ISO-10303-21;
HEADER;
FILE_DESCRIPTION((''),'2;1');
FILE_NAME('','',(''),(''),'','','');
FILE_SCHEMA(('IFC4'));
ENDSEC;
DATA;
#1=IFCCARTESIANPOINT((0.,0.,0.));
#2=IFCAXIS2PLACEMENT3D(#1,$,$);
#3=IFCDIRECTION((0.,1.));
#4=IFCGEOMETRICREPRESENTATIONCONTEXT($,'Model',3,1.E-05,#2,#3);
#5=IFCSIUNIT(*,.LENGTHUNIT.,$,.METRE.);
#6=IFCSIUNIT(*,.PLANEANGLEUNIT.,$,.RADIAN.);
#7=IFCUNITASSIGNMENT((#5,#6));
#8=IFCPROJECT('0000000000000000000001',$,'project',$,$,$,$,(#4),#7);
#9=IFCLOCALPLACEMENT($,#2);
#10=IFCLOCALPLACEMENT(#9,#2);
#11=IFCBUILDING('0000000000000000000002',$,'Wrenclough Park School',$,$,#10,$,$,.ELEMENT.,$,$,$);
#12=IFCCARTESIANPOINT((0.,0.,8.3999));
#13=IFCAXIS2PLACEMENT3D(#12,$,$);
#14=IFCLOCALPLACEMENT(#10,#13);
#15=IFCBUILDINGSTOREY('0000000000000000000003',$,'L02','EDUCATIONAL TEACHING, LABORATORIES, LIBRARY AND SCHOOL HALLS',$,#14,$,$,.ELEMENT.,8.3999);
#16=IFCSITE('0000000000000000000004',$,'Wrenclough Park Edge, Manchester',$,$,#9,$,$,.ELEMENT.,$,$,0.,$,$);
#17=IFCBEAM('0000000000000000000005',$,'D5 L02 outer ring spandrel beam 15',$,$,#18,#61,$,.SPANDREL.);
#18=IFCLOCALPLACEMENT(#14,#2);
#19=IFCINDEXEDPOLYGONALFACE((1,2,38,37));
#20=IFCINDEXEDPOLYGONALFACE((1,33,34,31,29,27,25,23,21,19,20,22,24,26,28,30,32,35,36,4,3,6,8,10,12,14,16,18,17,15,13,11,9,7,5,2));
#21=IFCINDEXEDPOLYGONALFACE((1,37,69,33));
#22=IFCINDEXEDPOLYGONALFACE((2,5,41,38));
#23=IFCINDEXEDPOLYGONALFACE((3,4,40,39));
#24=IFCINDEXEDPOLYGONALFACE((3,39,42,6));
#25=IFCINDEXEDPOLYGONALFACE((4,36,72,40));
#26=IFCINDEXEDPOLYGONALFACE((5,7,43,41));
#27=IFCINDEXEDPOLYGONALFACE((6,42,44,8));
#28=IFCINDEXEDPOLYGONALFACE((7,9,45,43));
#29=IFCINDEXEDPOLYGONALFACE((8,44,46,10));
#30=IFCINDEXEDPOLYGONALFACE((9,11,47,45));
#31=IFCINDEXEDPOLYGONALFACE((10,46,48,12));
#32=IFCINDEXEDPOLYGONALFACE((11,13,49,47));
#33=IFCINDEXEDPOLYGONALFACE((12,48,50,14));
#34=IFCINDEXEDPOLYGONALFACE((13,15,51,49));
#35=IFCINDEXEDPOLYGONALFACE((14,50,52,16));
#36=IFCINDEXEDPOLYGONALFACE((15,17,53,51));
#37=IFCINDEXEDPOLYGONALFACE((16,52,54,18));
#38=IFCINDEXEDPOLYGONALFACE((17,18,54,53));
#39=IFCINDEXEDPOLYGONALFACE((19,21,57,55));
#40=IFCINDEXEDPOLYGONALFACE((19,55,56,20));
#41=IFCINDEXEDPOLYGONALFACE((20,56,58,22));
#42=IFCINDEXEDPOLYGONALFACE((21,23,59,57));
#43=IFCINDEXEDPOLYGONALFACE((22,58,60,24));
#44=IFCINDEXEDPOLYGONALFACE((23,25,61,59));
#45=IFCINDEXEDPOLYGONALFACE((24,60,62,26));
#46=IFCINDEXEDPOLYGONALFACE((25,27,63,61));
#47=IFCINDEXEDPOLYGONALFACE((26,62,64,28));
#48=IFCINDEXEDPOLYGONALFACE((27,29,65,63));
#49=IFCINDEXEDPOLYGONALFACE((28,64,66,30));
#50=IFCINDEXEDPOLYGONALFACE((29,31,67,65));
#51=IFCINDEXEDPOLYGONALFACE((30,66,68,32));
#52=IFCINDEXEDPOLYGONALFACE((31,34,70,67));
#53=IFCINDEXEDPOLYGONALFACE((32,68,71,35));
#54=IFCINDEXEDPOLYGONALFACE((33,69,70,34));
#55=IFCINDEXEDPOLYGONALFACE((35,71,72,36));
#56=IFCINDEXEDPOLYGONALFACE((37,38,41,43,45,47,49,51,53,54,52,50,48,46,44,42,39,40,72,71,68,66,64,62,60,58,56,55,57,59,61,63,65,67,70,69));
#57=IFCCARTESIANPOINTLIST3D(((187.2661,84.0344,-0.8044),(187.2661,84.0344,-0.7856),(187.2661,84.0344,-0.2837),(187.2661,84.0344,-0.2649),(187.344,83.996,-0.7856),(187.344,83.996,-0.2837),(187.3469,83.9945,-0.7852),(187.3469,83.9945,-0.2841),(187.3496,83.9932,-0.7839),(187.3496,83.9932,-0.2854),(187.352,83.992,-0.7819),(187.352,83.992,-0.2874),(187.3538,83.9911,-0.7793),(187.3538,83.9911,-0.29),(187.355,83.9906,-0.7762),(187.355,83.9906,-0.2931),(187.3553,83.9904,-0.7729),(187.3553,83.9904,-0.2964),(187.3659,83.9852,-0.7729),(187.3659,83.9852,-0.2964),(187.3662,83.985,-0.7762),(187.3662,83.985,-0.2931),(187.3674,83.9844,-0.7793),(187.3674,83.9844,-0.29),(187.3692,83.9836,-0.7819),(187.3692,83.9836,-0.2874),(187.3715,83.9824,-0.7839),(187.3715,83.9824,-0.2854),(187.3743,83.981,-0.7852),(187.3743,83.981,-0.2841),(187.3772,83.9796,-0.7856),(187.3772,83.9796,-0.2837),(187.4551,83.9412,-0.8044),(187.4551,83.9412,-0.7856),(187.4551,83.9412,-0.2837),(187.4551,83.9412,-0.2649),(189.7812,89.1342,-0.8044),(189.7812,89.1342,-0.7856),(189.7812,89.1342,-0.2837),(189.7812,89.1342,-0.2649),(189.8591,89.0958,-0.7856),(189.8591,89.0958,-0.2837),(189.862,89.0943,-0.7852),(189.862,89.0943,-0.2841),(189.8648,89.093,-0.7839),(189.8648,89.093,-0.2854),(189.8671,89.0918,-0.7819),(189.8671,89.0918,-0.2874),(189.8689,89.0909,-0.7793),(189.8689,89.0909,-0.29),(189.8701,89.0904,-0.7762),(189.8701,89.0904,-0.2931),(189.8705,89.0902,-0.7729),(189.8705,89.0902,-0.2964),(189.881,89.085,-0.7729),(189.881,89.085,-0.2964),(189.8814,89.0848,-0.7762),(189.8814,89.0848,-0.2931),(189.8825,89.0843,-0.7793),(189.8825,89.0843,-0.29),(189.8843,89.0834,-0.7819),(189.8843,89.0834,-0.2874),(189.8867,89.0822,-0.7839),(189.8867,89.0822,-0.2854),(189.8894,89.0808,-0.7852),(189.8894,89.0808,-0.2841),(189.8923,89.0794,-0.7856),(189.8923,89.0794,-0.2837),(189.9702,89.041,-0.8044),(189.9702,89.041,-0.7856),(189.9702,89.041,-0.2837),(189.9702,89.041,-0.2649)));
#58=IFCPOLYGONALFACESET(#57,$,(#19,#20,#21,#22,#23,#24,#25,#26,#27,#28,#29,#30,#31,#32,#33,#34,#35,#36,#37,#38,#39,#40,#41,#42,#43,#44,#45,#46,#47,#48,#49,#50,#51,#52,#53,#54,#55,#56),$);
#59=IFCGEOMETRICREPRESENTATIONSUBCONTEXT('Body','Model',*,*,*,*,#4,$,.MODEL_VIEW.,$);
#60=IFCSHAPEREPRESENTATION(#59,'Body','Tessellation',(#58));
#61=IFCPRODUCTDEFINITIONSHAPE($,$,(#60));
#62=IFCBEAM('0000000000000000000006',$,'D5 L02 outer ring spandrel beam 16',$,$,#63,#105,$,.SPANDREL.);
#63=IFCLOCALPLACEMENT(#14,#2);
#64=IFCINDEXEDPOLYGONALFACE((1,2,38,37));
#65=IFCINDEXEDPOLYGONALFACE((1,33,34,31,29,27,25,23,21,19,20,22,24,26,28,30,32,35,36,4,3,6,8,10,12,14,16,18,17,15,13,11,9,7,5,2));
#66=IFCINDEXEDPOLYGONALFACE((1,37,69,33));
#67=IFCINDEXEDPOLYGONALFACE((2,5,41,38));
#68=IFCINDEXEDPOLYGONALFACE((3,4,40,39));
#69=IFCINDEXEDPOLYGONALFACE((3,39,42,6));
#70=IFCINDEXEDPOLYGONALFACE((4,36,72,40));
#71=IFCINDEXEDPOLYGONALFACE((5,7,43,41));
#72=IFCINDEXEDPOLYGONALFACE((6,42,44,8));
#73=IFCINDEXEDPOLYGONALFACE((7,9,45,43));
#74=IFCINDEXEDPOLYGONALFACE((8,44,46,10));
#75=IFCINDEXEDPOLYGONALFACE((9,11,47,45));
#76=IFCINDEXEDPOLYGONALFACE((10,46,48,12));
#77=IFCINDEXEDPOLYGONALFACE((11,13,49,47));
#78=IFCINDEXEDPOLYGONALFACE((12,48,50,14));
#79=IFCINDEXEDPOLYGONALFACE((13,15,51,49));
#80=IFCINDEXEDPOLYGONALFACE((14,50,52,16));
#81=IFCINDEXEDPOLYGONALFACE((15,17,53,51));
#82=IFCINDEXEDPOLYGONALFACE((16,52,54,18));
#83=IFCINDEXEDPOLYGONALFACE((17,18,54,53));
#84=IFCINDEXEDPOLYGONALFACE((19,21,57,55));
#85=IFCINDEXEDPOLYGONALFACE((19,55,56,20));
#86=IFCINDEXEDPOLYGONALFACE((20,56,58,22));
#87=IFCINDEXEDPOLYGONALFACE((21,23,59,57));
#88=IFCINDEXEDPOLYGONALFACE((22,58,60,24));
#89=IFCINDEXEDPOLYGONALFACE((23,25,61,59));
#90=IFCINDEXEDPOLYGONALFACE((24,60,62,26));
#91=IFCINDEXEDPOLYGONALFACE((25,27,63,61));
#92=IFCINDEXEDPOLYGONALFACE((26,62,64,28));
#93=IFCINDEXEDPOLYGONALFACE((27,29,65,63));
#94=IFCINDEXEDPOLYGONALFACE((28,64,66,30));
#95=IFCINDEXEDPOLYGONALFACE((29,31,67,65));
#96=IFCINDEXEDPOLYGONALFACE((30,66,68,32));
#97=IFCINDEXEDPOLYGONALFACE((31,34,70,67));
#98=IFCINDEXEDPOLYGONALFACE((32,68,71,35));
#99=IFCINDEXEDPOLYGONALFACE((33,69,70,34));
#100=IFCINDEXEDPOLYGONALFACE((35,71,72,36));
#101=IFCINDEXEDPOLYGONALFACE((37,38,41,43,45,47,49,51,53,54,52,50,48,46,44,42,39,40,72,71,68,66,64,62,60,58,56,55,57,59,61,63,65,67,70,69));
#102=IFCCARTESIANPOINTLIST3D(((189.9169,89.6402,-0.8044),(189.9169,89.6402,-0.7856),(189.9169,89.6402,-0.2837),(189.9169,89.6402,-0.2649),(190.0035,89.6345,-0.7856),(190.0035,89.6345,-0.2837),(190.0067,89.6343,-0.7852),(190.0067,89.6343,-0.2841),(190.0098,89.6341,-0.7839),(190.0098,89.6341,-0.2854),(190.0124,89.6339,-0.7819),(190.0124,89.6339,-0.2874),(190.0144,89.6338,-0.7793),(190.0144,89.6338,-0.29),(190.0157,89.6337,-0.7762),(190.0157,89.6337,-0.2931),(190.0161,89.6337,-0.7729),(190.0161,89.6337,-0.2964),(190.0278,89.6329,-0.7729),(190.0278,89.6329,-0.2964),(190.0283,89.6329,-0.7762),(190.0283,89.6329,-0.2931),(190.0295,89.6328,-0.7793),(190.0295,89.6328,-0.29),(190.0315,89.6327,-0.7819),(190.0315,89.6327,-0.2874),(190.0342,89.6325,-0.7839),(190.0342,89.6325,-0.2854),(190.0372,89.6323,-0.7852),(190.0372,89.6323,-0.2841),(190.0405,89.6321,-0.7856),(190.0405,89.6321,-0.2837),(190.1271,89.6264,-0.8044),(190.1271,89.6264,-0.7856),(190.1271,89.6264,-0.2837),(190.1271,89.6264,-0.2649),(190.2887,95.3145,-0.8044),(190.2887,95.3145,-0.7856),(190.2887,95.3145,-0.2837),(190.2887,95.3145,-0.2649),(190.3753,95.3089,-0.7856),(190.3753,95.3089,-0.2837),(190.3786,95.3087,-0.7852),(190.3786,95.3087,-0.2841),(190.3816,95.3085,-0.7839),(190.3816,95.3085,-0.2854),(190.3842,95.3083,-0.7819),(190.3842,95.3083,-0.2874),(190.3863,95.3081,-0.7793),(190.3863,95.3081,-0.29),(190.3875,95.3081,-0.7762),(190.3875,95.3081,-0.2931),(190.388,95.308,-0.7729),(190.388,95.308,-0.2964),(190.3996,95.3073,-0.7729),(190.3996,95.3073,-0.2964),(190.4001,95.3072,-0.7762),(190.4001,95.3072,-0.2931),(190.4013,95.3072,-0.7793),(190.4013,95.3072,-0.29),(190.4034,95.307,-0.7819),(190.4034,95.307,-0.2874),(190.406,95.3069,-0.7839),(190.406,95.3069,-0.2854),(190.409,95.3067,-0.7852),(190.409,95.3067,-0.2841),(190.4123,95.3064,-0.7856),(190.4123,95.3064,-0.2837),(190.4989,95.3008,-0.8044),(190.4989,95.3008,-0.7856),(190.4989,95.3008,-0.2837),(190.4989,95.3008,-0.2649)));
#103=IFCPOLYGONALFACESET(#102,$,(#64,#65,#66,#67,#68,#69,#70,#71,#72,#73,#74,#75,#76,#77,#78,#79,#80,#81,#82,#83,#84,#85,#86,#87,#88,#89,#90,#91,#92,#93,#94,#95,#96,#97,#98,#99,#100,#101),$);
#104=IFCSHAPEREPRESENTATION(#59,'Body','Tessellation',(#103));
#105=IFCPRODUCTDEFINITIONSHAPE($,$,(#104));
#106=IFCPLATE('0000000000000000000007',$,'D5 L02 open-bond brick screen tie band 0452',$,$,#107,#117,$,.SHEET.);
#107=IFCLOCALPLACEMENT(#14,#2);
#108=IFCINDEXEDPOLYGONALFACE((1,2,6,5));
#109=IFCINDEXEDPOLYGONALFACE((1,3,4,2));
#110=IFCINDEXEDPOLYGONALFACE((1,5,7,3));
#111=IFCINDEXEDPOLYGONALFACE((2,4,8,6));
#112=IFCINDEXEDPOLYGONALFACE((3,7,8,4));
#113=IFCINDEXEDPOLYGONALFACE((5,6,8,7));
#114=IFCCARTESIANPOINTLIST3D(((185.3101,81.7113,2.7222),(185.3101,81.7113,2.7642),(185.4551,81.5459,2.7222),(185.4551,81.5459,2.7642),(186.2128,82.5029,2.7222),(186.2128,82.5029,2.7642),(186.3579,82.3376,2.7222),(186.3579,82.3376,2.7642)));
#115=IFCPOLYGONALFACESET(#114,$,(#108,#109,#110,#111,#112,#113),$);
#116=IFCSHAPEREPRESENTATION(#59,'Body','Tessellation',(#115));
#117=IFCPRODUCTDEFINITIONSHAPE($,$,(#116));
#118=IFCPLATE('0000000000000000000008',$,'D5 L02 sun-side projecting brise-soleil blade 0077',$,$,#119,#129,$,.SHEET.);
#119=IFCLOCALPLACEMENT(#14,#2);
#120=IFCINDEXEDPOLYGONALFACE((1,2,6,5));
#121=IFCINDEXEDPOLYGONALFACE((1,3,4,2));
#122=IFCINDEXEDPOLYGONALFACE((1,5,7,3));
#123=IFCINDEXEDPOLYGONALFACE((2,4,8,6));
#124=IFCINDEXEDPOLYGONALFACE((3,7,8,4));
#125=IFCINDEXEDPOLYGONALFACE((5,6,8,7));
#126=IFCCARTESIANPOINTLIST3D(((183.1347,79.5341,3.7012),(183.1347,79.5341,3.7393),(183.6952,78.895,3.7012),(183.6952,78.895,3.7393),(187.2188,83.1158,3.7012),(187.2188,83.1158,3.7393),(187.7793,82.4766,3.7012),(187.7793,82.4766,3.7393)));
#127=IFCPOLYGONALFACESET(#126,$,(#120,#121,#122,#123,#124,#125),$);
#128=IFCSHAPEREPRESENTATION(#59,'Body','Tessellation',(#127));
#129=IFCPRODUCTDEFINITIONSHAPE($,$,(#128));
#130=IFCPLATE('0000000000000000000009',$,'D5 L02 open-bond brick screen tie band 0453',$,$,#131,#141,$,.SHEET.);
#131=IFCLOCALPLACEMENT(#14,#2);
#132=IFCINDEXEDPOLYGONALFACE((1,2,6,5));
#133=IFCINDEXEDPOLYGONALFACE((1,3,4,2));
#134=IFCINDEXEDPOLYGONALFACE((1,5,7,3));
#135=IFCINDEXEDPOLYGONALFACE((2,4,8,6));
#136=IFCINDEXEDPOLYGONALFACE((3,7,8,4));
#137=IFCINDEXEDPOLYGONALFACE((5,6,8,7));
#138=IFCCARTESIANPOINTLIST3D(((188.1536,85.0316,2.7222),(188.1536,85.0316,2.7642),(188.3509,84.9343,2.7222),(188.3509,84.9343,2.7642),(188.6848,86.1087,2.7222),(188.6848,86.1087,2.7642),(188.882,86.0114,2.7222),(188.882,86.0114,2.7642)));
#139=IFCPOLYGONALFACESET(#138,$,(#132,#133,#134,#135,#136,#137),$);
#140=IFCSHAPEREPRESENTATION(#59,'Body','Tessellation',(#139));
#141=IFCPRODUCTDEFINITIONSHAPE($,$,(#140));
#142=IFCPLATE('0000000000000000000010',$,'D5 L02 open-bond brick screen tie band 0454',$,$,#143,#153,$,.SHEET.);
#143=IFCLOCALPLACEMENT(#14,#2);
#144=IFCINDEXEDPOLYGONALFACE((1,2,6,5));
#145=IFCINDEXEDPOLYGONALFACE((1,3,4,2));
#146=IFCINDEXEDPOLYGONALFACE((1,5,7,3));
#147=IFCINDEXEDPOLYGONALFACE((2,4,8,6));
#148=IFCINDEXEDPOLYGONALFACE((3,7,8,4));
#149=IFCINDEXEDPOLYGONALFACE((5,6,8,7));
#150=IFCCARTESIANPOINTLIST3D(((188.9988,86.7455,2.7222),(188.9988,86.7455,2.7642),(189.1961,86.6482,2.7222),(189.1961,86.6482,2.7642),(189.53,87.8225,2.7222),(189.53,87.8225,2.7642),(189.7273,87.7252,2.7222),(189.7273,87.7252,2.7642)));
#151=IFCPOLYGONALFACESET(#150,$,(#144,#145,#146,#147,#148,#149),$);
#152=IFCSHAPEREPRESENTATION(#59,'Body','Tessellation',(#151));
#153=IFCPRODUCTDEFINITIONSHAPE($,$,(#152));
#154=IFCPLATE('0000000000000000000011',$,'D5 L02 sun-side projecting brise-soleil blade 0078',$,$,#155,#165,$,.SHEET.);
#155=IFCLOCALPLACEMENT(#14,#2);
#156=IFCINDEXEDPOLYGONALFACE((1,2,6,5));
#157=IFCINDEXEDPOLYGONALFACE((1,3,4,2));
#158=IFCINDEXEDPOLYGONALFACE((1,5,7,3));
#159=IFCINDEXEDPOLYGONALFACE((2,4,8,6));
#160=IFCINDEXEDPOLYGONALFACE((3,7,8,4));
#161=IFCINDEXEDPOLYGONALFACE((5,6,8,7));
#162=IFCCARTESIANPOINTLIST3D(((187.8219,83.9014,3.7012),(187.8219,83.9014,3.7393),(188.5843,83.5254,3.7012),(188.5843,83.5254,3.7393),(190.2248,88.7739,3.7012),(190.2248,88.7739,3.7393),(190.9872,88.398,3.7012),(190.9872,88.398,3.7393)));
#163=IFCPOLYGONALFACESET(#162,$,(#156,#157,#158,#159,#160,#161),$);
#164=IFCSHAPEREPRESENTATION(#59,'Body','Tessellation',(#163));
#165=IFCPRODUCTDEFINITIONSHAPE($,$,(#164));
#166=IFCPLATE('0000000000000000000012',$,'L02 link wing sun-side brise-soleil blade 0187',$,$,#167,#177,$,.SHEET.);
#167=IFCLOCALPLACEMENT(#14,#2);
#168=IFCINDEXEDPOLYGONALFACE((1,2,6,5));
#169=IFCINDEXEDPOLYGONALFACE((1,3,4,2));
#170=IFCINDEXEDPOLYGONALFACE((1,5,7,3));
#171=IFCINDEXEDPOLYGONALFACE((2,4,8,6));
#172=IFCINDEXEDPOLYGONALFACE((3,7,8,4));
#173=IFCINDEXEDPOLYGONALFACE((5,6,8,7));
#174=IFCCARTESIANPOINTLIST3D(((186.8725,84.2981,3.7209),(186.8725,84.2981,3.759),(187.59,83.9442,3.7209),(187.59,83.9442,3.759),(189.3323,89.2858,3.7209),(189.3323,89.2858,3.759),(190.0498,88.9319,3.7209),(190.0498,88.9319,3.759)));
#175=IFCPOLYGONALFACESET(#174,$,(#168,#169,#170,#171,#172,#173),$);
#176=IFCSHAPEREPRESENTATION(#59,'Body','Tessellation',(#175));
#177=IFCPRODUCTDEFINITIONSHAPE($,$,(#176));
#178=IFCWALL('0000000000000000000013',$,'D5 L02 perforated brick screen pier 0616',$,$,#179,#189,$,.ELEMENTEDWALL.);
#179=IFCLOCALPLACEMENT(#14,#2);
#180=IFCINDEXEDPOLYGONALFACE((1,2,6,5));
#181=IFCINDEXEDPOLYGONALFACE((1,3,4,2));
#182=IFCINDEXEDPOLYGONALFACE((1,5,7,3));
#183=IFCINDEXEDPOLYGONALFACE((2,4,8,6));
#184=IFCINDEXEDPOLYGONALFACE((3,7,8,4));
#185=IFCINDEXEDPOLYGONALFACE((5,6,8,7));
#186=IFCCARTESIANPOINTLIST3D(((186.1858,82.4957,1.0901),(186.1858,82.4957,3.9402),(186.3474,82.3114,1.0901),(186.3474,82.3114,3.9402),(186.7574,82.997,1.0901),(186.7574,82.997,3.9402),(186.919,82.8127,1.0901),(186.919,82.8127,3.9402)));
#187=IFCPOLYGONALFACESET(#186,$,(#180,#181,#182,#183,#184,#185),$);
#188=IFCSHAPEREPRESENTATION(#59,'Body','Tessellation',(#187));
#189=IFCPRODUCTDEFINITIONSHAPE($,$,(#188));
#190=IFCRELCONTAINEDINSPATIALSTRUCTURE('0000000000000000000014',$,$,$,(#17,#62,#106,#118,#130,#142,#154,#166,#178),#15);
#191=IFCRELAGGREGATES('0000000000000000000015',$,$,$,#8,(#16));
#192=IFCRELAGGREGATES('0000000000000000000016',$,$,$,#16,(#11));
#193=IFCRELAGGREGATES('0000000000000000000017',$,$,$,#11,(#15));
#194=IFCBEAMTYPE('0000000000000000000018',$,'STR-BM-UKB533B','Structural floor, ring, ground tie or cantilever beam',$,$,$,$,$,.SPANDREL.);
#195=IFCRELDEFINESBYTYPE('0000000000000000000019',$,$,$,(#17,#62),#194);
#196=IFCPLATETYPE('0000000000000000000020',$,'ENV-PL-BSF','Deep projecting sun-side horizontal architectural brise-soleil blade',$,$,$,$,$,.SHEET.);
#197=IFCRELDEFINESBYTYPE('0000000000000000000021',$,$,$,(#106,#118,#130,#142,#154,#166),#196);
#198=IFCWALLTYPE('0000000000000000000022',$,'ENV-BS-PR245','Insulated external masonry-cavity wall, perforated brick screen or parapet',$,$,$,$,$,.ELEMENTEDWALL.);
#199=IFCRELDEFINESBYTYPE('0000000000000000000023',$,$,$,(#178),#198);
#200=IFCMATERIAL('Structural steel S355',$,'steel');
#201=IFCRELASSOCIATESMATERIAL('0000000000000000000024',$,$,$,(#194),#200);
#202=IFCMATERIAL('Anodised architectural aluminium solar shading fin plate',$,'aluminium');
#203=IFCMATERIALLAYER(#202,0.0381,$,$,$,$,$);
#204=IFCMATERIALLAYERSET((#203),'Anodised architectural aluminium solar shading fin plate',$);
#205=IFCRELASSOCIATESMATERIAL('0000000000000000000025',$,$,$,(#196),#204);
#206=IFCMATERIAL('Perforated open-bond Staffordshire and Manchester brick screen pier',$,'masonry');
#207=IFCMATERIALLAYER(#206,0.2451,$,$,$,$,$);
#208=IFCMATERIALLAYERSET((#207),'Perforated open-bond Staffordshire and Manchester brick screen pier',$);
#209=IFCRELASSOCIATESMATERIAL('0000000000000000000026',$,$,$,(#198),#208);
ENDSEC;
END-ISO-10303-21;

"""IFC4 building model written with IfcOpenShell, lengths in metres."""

from ifc_helpers import new_model, si_unit, direction, frame, frame_2d, origin, origin_2d, place, context, subcontext, project, spatial, rectangle, i_section, extrude, material, layer, layer_set, material_profile, profile_set, type_object, element, save


model = new_model("IFC4")

# Units and contexts
model_context = context("Model", 3, precision=1e-05, world=origin(), true_north=direction((0.0, 1.0)))
body_context = subcontext(model_context, "Body", "Model", "MODEL_VIEW")
ifc_project = project(units=[si_unit("LENGTHUNIT", "METRE"), si_unit("PLANEANGLEUNIT", "RADIAN")], contexts=[model_context])

# Site, building, storey
site_placement = place(None, origin())
site = spatial("IfcSite", under=ifc_project, at=site_placement, Name="Wrenclough Park Edge, Manchester", CompositionType="ELEMENT", RefElevation=0.0)
building_placement = place(site_placement, origin())
building = spatial("IfcBuilding", under=site, at=building_placement, Name="Wrenclough Park School", CompositionType="ELEMENT")
storey_placement = place(building_placement, frame((0.0, 0.0, 8.3999)))
storey = spatial("IfcBuildingStorey", under=building, at=storey_placement, Name="L02", Description="EDUCATIONAL TEACHING, LABORATORIES, LIBRARY AND SCHOOL HALLS", CompositionType="ELEMENT", Elevation=8.3999)

# Beams
ifc_material_1 = material(Name="Structural steel S355", Category="steel")
ifc_material_profile_1 = material_profile(ifc_material_1, i_section(OverallWidth=0.2107, OverallDepth=0.5396, WebThickness=0.0117, FlangeThickness=0.0188, FilletRadius=0.0127, at=origin_2d()), Name="UKB 533x210x109")
ifc_profile_set_1 = profile_set([ifc_material_profile_1], Name="Structural steel S355")
beam_type_1 = type_object("IfcBeamType", Name="STR-BM-UKB533B", Description="Structural floor, ring, ground tie or cantilever beam", PredefinedType="SPANDREL", material=ifc_profile_set_1)
beam_1_placement = place(storey_placement, frame((187.3606, 83.9878, -0.5347), z_axis=(0.442312, 0.896861, 0.0), x_axis=(-0.896861, 0.442312, 0.0)))
element("IfcBeam", 1, at=beam_1_placement, inside=storey, type_object=beam_type_1, Name="D5 L02 outer ring spandrel beam 15", PredefinedType="SPANDREL", context=body_context, shape_type="SweptSolid", body=[
    extrude(i_section(OverallWidth=0.2107, OverallDepth=0.5396, WebThickness=0.0117, FlangeThickness=0.0188, FilletRadius=0.0127, at=origin_2d()), origin(), (0.0, 0.0, 1.0), 5.6863),
])
beam_2_placement = place(storey_placement, frame((190.022, 89.6333, -0.5347), z_axis=(0.065388, 0.99786, 0.0), x_axis=(-0.99786, 0.065388, 0.0)))
element("IfcBeam", 2, at=beam_2_placement, inside=storey, type_object=beam_type_1, Name="D5 L02 outer ring spandrel beam 16", PredefinedType="SPANDREL", context=body_context, shape_type="SweptSolid", body=[
    extrude(i_section(OverallWidth=0.2107, OverallDepth=0.5396, WebThickness=0.0117, FlangeThickness=0.0188, FilletRadius=0.0127, at=origin_2d()), origin(), (0.0, 0.0, 1.0), 5.6865),
])

# Plates
ifc_material_2 = material(Name="Anodised architectural aluminium solar shading fin plate", Category="aluminium")
ifc_layer_1 = layer(ifc_material_2, 0.0381)
ifc_layer_set_1 = layer_set([ifc_layer_1], Name="Anodised architectural aluminium solar shading fin plate")
plate_type = type_object("IfcPlateType", Name="ENV-PL-BSF", Description="Deep projecting sun-side horizontal architectural brise-soleil blade", PredefinedType="SHEET", material=ifc_layer_set_1)
plate_1_placement = place(storey_placement, frame((185.834, 82.0244, 2.7222), z_axis=(0.0, 0.0, 1.0), x_axis=(0.751841, 0.659344, 0.0)))
element("IfcPlate", 3, at=plate_1_placement, inside=storey, type_object=plate_type, Name="D5 L02 open-bond brick screen tie band 0452", PredefinedType="SHEET", context=body_context, shape_type="SweptSolid", body=[
    extrude(rectangle(XDim=1.2007, YDim=0.22, at=origin_2d()), origin(), (0.0, 0.0, 1.0), 0.042),
])
plate_2_placement = place(storey_placement, frame((185.457, 81.0054, 3.7012), z_axis=(0.0, 0.0, 1.0), x_axis=(0.751841, 0.659344, 0.0)))
element("IfcPlate", 4, at=plate_2_placement, inside=storey, type_object=plate_type, Name="D5 L02 sun-side projecting brise-soleil blade 0077", PredefinedType="SHEET", context=body_context, shape_type="SweptSolid", body=[
    extrude(rectangle(XDim=5.4321, YDim=0.8501, at=origin_2d()), origin(), (0.0, 0.0, 1.0), 0.0381),
])
for number, where, z_axis, x_axis, name in (
    (5, (188.5178, 85.5215, 2.7222), (0.0, 0.0, 1.0), (0.442288, 0.896873, 0.0), "D5 L02 open-bond brick screen tie band 0453"),
    (6, (189.363, 87.2354, 2.7222), (0.0, 0.0, 1.0), (0.442288, 0.896873, 0.0), "D5 L02 open-bond brick screen tie band 0454"),
):
    element("IfcPlate", number, at=place(storey_placement, frame(where, z_axis=z_axis, x_axis=x_axis)), inside=storey, type_object=plate_type, Name=name, PredefinedType="SHEET", context=body_context, shape_type="SweptSolid", body=[
        extrude(rectangle(XDim=1.2009, YDim=0.22, at=origin_2d()), origin(), (0.0, 0.0, 1.0), 0.042),
    ])
plate_3_placement = place(storey_placement, frame((189.4045, 86.1497, 3.7012), z_axis=(0.0, 0.0, 1.0), x_axis=(0.442288, 0.896873, 0.0)))
element("IfcPlate", 7, at=plate_3_placement, inside=storey, type_object=plate_type, Name="D5 L02 sun-side projecting brise-soleil blade 0078", PredefinedType="SHEET", context=body_context, shape_type="SweptSolid", body=[
    extrude(rectangle(XDim=5.4329, YDim=0.8501, at=origin_2d()), origin(), (0.0, 0.0, 1.0), 0.0381),
])
plate_4_placement = place(storey_placement, frame((188.4612, 86.615, 3.7209), z_axis=(0.0, 0.0, 1.0), x_axis=(-0.442309, -0.896863, 0.0)))
element("IfcPlate", 8, at=plate_4_placement, inside=storey, type_object=plate_type, Name="L02 link wing sun-side brise-soleil blade 0187", PredefinedType="SHEET", context=body_context, shape_type="SweptSolid", body=[
    extrude(rectangle(XDim=5.5613, YDim=0.8, at=origin_2d()), origin(), (0.0, 0.0, 1.0), 0.0381),
])

# Wall
ifc_material_3 = material(Name="Perforated open-bond Staffordshire and Manchester brick screen pier", Category="masonry")
ifc_layer_2 = layer(ifc_material_3, 0.2451)
ifc_layer_set_2 = layer_set([ifc_layer_2], Name="Perforated open-bond Staffordshire and Manchester brick screen pier")
wall_type_1 = type_object("IfcWallType", Name="ENV-BS-PR245", Description="Insulated external masonry-cavity wall, perforated brick screen or parapet", PredefinedType="ELEMENTEDWALL", material=ifc_layer_set_2)
wall_1_placement = place(storey_placement, frame((186.2666, 82.4036, 1.0901), z_axis=(0.0, 0.0, 1.0), x_axis=(0.75184, 0.659345, 0.0)))
element("IfcWall", 9, at=wall_1_placement, inside=storey, type_object=wall_type_1, Name="D5 L02 perforated brick screen pier 0616", PredefinedType="ELEMENTEDWALL", context=body_context, shape_type="SweptSolid", body=[
    extrude(rectangle(XDim=0.7603, YDim=0.2451, at=frame_2d((0.3801, 0.0))), origin(), (0.0, 0.0, 1.0), 2.8501),
])

save(model, "model.ifc")
